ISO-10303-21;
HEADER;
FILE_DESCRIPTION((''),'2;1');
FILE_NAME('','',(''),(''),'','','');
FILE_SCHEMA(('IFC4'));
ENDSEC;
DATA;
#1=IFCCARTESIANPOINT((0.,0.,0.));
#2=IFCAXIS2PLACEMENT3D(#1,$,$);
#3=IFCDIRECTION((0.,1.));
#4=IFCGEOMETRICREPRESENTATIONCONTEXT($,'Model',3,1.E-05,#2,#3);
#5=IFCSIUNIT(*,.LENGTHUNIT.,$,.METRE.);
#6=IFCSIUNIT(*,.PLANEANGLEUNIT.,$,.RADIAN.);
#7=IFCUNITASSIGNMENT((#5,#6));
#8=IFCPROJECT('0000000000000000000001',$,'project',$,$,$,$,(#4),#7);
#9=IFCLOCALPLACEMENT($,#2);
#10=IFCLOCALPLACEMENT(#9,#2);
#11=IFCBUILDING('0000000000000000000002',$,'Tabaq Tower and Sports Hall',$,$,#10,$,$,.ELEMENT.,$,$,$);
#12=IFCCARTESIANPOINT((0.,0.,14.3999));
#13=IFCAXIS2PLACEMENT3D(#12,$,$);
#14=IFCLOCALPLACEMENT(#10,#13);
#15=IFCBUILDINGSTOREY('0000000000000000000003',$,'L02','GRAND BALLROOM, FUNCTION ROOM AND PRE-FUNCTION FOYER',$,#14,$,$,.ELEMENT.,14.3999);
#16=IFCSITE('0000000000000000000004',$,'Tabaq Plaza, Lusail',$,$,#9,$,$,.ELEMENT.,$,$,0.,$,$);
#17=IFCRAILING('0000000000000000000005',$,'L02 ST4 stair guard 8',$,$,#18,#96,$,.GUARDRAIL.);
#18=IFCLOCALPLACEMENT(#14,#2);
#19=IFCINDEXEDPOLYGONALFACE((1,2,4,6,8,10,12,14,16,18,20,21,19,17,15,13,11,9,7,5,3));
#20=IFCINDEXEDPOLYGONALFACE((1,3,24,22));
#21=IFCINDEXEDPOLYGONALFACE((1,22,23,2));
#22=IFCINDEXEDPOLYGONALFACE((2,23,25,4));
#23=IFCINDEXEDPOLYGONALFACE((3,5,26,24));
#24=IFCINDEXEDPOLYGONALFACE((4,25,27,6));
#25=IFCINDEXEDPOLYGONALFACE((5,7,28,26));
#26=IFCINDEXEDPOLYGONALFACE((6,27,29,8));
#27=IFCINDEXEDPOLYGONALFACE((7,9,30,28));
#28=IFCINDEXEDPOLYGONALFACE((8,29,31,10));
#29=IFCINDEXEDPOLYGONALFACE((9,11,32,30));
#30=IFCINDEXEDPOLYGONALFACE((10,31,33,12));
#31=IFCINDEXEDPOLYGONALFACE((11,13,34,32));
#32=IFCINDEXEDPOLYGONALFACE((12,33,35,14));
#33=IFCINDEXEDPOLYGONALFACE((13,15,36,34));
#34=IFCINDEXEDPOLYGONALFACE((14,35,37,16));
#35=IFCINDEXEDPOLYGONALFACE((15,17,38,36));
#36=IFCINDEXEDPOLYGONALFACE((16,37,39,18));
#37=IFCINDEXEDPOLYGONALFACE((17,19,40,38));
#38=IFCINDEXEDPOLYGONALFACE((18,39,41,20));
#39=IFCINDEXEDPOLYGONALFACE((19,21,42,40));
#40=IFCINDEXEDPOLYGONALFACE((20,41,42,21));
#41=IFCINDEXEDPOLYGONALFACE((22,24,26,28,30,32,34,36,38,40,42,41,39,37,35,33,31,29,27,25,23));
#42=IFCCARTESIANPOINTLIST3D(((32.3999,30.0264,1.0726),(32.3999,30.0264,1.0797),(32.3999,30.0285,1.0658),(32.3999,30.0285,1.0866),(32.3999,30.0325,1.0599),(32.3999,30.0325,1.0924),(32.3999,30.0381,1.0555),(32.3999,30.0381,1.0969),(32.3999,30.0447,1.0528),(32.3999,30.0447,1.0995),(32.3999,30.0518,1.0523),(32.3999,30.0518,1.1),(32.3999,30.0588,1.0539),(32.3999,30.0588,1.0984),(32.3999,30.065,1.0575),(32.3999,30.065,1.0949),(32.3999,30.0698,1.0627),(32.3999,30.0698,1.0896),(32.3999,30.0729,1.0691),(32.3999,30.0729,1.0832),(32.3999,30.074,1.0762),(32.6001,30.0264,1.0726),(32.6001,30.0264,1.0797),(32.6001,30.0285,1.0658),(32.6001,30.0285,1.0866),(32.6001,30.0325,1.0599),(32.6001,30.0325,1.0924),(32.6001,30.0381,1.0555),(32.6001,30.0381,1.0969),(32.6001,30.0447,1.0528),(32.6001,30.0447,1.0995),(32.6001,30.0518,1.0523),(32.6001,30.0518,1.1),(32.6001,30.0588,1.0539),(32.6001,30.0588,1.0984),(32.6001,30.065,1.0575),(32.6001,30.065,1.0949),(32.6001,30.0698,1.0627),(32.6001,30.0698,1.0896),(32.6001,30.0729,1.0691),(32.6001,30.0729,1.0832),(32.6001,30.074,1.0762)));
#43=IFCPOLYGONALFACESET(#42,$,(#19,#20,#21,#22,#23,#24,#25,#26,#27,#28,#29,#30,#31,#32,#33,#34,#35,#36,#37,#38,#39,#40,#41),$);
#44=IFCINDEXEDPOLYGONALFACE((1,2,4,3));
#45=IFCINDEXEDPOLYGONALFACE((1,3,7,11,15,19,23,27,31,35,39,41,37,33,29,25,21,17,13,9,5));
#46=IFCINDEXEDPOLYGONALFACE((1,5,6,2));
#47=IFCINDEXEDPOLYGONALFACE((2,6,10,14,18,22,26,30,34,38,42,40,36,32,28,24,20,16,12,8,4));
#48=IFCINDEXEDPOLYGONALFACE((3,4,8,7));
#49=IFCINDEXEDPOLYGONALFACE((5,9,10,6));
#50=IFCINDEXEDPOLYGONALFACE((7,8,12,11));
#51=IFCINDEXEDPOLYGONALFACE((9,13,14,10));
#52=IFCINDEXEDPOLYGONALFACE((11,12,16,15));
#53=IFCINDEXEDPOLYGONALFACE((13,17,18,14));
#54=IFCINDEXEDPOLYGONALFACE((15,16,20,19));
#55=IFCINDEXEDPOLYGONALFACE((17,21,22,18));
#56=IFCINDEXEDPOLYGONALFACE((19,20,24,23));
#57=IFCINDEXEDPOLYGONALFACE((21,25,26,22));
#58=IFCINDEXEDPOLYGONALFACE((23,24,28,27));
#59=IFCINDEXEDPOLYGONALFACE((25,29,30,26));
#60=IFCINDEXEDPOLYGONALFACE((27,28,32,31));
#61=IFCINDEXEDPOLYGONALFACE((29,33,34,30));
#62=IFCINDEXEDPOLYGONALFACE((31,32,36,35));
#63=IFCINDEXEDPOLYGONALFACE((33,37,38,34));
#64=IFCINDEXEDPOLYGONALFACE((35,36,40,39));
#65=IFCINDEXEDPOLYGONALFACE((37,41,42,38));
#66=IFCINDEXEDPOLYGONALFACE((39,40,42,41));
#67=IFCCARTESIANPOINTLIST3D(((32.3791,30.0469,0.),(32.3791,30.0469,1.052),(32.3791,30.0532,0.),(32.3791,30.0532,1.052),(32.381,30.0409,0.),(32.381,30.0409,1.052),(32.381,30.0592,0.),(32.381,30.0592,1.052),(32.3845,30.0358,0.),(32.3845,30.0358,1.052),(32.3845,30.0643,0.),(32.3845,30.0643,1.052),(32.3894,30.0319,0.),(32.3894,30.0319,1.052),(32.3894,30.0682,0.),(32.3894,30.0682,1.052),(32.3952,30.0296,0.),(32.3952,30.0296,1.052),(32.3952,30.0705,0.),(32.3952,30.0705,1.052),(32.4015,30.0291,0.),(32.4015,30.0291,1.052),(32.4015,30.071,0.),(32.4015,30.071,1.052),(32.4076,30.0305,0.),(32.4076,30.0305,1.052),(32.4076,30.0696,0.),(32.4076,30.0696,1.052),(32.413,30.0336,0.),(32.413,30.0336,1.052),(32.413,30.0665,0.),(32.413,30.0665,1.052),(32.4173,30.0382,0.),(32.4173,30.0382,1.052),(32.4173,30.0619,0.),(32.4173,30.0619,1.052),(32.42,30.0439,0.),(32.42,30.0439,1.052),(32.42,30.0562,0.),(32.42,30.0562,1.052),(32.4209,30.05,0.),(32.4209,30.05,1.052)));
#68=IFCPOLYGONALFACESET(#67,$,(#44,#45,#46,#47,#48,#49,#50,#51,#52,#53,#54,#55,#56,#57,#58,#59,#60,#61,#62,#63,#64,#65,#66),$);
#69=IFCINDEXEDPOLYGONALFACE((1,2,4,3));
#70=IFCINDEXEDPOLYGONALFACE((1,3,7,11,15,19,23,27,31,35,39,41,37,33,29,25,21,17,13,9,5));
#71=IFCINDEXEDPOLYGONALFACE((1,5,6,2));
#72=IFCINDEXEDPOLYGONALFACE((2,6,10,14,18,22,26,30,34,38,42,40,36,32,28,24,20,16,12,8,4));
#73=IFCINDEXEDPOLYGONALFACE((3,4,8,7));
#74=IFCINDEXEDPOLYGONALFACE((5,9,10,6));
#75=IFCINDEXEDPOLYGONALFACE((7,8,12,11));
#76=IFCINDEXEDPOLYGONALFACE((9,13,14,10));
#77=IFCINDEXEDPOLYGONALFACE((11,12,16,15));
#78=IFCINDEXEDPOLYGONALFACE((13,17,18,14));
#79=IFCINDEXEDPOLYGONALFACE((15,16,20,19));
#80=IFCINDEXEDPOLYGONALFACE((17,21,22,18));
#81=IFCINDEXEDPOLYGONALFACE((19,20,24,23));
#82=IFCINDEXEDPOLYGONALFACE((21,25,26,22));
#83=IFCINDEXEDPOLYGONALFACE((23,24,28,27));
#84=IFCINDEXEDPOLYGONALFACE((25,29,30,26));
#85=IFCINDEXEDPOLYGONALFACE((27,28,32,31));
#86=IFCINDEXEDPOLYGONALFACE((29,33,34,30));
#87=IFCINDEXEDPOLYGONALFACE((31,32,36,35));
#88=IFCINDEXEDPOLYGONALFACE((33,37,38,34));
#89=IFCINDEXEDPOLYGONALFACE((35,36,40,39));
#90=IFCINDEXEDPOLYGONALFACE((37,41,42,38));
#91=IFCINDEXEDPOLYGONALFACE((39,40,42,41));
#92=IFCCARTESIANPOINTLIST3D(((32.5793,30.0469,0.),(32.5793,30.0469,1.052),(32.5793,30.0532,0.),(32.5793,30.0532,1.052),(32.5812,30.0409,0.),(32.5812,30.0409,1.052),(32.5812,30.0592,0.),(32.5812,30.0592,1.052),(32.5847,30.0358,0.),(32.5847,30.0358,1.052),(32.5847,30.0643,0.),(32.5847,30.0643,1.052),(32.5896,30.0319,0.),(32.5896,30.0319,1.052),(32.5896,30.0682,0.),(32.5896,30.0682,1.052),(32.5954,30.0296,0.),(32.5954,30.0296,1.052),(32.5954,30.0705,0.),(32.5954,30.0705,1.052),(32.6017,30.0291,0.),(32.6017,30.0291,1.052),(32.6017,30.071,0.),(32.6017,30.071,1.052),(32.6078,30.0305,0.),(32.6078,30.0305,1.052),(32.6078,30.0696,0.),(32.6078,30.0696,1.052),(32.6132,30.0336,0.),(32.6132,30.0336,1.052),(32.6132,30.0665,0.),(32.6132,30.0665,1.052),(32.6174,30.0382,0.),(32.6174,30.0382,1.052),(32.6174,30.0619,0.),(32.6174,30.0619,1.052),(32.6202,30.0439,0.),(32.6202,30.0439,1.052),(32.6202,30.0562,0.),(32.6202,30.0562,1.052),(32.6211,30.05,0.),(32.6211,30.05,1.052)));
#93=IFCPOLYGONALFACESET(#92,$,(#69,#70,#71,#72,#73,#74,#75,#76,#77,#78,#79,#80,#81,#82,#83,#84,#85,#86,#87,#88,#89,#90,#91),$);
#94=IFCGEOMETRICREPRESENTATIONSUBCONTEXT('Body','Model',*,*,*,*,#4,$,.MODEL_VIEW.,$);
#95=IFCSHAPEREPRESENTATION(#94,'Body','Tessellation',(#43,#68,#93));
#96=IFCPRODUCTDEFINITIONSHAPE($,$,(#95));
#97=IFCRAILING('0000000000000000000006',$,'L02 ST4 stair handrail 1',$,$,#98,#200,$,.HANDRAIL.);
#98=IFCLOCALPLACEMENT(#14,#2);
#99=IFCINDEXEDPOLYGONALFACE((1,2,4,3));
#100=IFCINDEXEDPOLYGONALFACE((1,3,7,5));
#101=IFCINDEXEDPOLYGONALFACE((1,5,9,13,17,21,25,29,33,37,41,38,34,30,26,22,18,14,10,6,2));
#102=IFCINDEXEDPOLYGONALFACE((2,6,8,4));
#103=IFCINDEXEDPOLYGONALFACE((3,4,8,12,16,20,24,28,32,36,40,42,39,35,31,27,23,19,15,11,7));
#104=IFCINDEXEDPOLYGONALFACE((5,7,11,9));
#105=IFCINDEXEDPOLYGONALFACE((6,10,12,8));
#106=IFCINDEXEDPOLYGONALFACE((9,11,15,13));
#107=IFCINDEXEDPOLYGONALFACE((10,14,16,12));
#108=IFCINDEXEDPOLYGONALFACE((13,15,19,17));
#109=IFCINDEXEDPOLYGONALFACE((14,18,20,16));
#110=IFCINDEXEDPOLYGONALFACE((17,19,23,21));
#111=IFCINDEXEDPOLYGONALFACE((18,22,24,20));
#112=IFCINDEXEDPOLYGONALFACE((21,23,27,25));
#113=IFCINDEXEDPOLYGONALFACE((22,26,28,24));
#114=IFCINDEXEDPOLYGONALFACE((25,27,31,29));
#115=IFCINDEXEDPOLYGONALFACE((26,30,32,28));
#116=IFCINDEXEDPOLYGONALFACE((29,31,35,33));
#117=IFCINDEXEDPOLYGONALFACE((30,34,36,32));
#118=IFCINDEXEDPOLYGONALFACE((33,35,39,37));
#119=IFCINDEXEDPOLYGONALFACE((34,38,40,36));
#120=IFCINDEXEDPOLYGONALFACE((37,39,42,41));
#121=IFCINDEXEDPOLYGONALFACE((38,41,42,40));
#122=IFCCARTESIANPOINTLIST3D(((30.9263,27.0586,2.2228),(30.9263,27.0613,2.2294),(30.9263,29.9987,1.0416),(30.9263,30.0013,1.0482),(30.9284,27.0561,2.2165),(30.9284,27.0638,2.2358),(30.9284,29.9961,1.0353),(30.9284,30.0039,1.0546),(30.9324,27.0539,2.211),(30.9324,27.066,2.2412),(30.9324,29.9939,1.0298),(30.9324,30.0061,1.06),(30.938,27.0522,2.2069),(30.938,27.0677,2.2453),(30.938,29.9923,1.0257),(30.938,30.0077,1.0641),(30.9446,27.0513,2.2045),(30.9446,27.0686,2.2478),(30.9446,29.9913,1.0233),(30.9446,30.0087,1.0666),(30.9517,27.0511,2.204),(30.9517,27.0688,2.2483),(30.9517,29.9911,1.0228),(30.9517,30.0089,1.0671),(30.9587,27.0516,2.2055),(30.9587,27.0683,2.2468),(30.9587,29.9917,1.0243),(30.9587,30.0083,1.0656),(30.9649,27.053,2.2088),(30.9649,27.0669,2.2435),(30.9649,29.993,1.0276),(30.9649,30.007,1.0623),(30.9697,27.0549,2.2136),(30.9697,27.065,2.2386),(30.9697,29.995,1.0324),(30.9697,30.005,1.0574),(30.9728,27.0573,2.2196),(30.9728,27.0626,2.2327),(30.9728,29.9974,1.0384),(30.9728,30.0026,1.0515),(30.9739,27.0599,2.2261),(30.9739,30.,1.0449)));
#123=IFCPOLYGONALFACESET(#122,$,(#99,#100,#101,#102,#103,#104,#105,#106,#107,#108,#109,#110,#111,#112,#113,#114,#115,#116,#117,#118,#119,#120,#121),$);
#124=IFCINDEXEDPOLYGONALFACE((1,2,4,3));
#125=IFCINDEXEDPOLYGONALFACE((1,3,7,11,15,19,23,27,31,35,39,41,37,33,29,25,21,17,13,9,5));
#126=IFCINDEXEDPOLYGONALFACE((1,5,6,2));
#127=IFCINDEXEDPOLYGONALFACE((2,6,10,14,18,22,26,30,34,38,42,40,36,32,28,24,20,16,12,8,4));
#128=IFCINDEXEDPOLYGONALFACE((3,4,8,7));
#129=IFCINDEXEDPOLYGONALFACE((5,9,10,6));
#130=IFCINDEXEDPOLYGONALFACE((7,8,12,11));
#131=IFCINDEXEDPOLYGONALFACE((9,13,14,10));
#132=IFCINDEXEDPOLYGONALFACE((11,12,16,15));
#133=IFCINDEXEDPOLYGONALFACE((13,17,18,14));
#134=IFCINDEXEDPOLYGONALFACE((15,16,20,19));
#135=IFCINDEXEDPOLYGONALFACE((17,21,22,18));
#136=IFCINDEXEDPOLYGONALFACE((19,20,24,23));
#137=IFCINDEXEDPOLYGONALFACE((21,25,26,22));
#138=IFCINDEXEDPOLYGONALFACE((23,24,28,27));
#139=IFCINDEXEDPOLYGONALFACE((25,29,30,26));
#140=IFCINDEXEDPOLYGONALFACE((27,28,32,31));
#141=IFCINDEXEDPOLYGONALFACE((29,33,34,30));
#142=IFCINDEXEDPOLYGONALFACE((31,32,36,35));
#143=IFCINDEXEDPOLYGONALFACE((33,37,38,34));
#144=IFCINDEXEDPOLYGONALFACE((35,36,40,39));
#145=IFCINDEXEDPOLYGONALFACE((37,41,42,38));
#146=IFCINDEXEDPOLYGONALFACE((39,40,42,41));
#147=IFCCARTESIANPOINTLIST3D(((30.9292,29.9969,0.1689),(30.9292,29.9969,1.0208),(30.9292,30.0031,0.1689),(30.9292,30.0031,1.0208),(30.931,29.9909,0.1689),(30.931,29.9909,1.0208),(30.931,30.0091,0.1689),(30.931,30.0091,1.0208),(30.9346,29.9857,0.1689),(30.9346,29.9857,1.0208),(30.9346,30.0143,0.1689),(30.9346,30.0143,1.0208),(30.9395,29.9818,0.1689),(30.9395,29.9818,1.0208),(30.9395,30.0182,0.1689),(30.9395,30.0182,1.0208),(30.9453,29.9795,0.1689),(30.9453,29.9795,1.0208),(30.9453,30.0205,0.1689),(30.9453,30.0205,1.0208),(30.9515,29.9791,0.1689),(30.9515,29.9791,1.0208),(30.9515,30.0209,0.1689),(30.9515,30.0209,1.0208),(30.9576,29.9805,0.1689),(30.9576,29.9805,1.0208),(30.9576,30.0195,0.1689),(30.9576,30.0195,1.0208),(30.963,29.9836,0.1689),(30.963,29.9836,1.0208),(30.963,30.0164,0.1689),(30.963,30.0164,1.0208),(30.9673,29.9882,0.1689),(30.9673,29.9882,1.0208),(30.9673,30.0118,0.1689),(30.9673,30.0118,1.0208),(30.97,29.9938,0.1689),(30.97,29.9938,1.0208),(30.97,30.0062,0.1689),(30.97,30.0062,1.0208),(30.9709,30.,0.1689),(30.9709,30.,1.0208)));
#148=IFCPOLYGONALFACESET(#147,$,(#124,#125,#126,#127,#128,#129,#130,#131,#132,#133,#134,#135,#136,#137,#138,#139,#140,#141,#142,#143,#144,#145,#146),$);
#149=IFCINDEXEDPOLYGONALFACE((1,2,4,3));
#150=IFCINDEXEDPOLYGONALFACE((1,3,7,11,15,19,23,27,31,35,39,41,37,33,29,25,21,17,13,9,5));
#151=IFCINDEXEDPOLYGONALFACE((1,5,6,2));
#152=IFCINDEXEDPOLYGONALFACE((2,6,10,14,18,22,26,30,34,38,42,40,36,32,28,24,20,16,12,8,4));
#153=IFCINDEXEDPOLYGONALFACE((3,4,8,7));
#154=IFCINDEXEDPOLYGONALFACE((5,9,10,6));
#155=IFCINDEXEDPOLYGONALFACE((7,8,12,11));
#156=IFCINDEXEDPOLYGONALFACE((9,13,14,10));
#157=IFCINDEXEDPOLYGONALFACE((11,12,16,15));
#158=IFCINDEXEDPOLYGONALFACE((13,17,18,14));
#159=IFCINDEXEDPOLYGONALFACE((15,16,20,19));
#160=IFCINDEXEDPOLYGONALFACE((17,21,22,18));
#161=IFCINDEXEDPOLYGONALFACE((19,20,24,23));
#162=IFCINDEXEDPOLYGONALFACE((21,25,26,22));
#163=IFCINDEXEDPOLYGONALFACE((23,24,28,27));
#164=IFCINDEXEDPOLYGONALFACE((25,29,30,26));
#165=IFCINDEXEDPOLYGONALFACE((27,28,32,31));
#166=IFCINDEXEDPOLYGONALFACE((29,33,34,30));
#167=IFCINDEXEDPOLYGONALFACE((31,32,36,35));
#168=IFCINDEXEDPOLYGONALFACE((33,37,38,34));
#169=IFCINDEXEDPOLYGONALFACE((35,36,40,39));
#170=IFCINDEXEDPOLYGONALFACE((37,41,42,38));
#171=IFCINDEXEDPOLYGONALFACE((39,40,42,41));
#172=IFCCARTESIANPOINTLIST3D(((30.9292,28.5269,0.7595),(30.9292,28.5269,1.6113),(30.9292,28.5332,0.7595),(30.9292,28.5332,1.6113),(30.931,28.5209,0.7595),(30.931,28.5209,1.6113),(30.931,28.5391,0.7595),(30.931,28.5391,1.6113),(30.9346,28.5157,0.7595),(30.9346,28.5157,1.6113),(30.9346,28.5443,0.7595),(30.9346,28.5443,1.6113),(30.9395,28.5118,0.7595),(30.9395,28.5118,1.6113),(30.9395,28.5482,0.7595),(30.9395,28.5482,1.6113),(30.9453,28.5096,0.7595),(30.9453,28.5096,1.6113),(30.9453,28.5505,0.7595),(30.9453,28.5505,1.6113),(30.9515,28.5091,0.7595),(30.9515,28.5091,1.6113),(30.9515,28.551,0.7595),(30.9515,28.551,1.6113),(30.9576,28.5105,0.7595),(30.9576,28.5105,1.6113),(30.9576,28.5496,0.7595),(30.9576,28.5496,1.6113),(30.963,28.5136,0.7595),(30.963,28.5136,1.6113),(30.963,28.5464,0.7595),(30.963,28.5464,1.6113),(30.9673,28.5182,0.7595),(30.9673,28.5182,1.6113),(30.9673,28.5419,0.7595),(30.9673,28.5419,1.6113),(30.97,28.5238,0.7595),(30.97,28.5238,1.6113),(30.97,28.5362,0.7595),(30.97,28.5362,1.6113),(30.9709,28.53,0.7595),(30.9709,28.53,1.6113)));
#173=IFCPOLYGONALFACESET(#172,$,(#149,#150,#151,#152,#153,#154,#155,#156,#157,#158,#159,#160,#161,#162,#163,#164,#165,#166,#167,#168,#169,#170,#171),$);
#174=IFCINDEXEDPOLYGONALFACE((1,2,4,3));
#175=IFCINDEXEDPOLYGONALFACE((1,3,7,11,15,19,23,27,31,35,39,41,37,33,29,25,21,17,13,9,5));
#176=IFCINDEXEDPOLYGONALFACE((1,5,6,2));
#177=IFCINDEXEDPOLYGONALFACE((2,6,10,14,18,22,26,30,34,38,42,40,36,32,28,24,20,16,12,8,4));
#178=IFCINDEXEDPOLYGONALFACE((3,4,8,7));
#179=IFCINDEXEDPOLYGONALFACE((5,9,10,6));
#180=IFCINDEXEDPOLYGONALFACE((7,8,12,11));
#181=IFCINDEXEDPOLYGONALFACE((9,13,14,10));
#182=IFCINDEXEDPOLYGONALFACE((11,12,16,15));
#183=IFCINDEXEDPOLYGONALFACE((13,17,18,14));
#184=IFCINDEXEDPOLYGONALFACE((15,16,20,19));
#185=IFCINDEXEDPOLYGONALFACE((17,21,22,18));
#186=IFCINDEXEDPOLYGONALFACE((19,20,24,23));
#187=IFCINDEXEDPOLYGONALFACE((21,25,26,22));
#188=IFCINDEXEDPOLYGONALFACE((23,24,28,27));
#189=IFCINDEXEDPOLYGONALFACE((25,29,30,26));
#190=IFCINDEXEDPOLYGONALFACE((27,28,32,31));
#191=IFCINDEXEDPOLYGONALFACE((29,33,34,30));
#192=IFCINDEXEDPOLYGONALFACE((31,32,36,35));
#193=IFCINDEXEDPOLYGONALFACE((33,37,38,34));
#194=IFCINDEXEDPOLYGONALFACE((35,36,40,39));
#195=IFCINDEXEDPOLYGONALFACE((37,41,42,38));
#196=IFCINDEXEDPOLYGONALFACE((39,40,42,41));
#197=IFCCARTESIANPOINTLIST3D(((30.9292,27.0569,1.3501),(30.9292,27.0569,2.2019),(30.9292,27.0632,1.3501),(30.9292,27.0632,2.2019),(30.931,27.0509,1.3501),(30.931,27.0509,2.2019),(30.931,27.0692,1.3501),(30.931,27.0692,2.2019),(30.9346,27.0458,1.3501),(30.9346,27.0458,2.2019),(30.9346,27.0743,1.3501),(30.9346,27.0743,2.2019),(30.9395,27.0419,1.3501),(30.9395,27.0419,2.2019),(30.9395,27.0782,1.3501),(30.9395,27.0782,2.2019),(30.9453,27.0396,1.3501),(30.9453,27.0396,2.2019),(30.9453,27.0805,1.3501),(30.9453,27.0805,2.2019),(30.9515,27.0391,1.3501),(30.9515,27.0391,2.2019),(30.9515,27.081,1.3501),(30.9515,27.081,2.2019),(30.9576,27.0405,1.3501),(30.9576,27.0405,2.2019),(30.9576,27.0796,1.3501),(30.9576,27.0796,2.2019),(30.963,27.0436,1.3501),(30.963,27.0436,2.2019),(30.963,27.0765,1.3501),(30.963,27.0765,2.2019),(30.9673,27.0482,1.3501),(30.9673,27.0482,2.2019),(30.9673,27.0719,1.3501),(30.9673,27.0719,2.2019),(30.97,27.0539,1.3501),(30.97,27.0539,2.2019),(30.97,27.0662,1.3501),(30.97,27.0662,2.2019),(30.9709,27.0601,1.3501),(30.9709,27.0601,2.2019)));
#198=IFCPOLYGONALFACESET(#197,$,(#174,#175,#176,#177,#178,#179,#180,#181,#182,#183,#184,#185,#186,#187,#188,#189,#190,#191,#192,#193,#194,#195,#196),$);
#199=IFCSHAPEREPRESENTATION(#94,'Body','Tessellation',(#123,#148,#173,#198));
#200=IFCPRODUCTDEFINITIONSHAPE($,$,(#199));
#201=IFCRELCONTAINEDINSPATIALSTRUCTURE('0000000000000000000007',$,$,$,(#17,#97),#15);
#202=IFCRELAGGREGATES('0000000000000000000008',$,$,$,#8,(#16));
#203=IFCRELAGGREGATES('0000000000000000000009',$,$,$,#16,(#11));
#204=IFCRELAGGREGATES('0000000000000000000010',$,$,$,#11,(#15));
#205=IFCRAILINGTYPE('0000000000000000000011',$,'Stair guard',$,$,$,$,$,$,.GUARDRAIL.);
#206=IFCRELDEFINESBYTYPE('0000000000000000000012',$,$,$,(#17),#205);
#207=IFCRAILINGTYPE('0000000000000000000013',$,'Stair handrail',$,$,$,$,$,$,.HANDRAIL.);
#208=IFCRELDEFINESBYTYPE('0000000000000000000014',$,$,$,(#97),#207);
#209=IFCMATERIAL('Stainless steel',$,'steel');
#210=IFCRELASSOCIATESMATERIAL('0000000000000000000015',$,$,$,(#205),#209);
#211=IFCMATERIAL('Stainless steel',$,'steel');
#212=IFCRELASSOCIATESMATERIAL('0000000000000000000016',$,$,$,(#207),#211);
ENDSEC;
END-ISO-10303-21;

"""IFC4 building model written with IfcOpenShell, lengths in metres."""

from ifc_helpers import new_model, si_unit, direction, frame, origin, origin_2d, place, context, subcontext, project, spatial, circle, extrude, material, type_object, element, save


model = new_model("IFC4")

# Units and contexts
model_context = context("Model", 3, precision=1e-05, world=origin(), true_north=direction((0.0, 1.0)))
body_context = subcontext(model_context, "Body", "Model", "MODEL_VIEW")
ifc_project = project(units=[si_unit("LENGTHUNIT", "METRE"), si_unit("PLANEANGLEUNIT", "RADIAN")], contexts=[model_context])

# Site, building, storey
site_placement = place(None, origin())
site = spatial("IfcSite", under=ifc_project, at=site_placement, Name="Tabaq Plaza, Lusail", CompositionType="ELEMENT", RefElevation=0.0)
building_placement = place(site_placement, origin())
building = spatial("IfcBuilding", under=site, at=building_placement, Name="Tabaq Tower and Sports Hall", CompositionType="ELEMENT")
storey_placement = place(building_placement, frame((0.0, 0.0, 14.3999)))
storey = spatial("IfcBuildingStorey", under=building, at=storey_placement, Name="L02", Description="GRAND BALLROOM, FUNCTION ROOM AND PRE-FUNCTION FOYER", CompositionType="ELEMENT", Elevation=14.3999)

# Railings
ifc_material_1 = material(Name="Stainless steel", Category="steel")
railing_type_1 = type_object("IfcRailingType", Name="Stair guard", PredefinedType="GUARDRAIL", material=ifc_material_1)
railing_1_placement = place(storey_placement, frame((32.3999, 30.05, 0.0)))
element("IfcRailing", 1, at=railing_1_placement, inside=storey, type_object=railing_type_1, Name="L02 ST4 stair guard 8", PredefinedType="GUARDRAIL", context=body_context, shape_type="SweptSolid", body=[
    extrude(circle(Radius=0.0239, at=origin_2d()), frame((0.0, 0.0, 1.0762), z_axis=(1.0, 0.0, 0.0), x_axis=(0.0, 1.0, 0.0)), (0.0, 0.0, 1.0), 0.2002),
    extrude(circle(Radius=0.021, at=origin_2d()), origin(), (0.0, 0.0, 1.0), 1.052),
    extrude(circle(Radius=0.021, at=origin_2d()), frame((0.2002, 0.0, 0.0)), (0.0, 0.0, 1.0), 1.052),
])
ifc_material_2 = material(Name="Stainless steel", Category="steel")
railing_type_2 = type_object("IfcRailingType", Name="Stair handrail", PredefinedType="HANDRAIL", material=ifc_material_2)
railing_2_placement = place(storey_placement, frame((30.95, 30.0, 0.1689)))
element("IfcRailing", 2, at=railing_2_placement, inside=storey, type_object=railing_type_2, Name="L02 ST4 stair handrail 1", PredefinedType="HANDRAIL", context=body_context, shape_type="SweptSolid", body=[
    extrude(circle(Radius=0.0239, at=origin_2d()), frame((0.0, 0.0, 0.876), z_axis=(0.0, -0.927912, 0.372799), x_axis=(1.0, 0.0, 0.0)), (0.0, 0.0, 1.0), 3.1685),
    extrude(circle(Radius=0.021, at=origin_2d()), origin(), (0.0, 0.0, 1.0), 0.8518),
    extrude(circle(Radius=0.021, at=origin_2d()), frame((0.0, -1.47, 0.5906)), (0.0, 0.0, 1.0), 0.8518),
    extrude(circle(Radius=0.021, at=origin_2d()), frame((0.0, -2.9399, 1.1812)), (0.0, 0.0, 1.0), 0.8518),
])

save(model, "model.ifc")
